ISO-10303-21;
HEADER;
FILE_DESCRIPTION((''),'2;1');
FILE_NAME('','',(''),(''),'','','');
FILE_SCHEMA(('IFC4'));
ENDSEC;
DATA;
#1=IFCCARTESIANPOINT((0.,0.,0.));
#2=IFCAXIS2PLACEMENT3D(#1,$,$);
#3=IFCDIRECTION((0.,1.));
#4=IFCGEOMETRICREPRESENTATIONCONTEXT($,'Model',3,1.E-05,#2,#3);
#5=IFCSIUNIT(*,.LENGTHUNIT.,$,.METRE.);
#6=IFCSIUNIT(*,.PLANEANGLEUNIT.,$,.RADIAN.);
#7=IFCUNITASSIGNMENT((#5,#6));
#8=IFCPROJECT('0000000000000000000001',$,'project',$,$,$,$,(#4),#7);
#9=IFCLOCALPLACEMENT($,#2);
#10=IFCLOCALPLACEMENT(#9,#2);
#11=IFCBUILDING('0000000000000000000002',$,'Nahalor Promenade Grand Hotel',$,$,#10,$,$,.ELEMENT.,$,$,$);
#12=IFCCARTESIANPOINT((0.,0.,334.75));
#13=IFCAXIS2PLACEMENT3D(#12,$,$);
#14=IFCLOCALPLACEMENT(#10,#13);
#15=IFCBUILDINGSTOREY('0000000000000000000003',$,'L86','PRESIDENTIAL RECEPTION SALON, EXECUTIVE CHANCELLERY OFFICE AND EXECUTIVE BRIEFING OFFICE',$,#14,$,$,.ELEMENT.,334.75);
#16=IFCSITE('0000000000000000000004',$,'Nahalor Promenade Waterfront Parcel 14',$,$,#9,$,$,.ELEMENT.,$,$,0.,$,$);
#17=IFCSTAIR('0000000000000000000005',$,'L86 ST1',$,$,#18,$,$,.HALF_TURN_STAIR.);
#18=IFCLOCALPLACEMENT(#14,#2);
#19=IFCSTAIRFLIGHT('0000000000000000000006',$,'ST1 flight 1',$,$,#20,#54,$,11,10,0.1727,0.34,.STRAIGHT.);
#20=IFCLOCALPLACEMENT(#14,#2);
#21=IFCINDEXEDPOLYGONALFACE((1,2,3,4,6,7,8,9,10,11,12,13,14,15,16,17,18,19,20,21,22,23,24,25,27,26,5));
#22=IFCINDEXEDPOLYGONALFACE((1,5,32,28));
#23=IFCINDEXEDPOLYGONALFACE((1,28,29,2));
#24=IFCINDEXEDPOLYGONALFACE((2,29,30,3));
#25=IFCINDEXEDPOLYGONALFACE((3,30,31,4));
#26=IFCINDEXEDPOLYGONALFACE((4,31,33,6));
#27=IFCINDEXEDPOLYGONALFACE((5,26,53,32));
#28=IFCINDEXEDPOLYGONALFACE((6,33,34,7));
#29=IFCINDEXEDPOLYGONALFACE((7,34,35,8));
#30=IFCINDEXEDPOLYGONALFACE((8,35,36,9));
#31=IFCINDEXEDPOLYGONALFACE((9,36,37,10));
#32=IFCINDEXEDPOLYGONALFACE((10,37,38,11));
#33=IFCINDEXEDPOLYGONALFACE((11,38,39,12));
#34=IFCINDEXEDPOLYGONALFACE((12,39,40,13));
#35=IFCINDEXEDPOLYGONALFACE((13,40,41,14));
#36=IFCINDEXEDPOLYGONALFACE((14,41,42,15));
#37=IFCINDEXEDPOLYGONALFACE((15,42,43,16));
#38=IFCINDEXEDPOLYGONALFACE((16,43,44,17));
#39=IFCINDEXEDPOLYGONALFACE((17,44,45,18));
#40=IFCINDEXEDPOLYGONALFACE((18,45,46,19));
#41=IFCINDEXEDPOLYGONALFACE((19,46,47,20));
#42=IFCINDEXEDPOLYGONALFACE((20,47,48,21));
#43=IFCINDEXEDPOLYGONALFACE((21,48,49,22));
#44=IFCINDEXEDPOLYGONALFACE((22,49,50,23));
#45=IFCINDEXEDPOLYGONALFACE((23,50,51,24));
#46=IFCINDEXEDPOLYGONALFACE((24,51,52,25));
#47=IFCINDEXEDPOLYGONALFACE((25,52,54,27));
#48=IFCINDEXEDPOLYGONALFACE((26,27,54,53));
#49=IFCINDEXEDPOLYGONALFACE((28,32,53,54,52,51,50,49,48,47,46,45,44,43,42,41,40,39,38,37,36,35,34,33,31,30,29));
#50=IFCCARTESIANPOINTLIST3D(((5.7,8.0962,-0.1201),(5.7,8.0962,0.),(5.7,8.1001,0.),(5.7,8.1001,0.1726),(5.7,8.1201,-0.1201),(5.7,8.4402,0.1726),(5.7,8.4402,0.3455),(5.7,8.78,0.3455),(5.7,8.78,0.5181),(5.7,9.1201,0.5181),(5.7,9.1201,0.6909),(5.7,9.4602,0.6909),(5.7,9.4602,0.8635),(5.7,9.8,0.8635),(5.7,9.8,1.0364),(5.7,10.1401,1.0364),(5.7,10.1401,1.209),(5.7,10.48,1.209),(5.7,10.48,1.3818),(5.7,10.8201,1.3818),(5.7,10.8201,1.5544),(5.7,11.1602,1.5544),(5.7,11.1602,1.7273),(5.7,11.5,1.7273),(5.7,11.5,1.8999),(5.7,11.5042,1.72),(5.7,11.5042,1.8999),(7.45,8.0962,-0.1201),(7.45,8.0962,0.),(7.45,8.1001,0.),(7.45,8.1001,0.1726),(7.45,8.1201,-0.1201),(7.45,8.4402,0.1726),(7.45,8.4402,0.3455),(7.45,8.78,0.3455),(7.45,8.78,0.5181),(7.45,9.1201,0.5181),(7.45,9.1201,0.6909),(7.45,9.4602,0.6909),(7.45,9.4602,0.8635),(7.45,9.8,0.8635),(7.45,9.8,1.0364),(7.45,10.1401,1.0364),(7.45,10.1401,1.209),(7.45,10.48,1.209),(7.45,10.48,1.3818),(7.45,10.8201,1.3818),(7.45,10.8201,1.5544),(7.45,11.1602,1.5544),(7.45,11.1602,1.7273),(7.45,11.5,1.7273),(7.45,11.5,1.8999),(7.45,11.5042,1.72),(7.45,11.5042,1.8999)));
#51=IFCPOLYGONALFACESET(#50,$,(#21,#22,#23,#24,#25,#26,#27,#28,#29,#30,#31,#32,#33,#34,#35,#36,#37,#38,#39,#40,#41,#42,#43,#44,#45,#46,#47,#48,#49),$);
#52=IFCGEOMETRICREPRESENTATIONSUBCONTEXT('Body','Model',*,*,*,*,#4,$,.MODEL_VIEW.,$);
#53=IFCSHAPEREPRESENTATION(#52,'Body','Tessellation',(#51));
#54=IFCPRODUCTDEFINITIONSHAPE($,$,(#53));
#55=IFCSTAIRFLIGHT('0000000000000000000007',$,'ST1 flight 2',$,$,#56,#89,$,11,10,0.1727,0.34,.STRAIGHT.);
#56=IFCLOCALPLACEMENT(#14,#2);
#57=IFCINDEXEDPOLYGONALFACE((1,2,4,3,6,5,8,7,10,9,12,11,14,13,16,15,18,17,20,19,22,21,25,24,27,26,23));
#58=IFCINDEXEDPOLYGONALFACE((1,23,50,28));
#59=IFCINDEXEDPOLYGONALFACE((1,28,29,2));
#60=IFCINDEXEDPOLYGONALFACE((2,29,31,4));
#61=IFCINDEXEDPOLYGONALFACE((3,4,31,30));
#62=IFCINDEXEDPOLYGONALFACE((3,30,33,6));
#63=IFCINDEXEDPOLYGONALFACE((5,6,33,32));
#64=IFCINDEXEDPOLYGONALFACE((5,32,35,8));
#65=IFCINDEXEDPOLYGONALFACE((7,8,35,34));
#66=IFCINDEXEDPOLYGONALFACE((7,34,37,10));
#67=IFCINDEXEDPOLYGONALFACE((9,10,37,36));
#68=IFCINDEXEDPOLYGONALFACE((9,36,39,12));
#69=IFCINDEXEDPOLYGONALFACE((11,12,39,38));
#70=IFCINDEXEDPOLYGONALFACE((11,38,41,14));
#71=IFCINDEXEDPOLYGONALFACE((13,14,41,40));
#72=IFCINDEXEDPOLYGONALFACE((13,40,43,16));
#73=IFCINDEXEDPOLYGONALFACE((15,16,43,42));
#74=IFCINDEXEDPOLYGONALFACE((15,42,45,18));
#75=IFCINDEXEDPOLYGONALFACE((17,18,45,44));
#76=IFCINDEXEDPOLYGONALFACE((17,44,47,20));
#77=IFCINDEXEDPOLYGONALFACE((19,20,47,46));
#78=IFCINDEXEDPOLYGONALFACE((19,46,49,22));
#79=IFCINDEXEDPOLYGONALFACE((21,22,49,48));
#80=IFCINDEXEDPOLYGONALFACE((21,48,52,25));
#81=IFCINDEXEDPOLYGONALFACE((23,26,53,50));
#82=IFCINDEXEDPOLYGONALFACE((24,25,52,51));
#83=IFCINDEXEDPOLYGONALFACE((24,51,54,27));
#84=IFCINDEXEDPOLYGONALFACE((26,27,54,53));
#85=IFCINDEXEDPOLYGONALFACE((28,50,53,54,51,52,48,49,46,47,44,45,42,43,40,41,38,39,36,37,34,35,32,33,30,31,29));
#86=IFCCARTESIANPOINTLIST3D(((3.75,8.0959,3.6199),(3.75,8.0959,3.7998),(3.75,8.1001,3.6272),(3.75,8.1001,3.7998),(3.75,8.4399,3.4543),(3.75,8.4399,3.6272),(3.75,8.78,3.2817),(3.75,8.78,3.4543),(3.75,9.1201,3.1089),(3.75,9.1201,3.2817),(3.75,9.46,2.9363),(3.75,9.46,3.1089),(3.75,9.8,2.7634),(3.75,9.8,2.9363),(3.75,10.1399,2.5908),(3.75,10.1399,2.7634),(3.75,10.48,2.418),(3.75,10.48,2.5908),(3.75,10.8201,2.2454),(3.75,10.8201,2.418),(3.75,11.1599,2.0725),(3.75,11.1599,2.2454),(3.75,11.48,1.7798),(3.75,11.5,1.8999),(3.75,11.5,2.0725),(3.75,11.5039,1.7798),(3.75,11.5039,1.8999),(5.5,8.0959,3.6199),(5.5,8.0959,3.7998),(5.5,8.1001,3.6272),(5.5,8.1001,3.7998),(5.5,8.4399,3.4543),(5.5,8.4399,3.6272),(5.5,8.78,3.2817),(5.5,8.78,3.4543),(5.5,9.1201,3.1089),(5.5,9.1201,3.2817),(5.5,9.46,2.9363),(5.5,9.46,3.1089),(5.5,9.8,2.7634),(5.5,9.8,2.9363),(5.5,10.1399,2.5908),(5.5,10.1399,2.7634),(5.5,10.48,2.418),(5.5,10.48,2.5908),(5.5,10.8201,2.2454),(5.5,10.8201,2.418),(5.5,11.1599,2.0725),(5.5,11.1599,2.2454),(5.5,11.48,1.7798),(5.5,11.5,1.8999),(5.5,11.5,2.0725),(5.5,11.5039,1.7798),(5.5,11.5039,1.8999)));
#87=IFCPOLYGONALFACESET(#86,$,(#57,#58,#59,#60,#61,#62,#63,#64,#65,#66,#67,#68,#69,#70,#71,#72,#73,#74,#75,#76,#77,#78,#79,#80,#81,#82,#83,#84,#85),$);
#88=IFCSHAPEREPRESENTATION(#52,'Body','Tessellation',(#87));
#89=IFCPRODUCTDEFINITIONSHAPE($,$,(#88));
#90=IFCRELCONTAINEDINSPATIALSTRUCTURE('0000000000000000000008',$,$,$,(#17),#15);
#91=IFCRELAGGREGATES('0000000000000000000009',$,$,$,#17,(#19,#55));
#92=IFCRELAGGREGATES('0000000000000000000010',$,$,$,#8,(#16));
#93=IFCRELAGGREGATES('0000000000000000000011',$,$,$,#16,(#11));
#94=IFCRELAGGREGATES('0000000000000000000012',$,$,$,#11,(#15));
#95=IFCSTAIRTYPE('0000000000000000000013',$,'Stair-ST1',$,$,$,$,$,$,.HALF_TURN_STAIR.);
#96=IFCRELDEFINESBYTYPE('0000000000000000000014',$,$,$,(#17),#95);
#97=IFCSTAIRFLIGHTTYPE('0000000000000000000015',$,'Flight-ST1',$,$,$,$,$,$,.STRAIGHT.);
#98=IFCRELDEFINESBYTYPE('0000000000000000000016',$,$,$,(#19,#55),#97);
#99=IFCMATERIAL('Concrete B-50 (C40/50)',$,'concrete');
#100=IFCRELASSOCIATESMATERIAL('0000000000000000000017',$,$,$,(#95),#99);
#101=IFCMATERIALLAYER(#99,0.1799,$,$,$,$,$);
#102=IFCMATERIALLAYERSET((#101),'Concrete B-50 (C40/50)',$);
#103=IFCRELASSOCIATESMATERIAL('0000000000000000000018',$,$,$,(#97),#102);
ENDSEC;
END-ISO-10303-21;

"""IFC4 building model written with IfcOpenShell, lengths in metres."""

from ifc_helpers import new_model, si_unit, direction, frame, origin, place, context, subcontext, project, spatial, polyline, outline, extrude, source, transform, mapped, material, layer, layer_set, type_object, element, aggregate, save


model = new_model("IFC4")

# Units and contexts
model_context = context("Model", 3, precision=1e-05, world=origin(), true_north=direction((0.0, 1.0)))
body_context = subcontext(model_context, "Body", "Model", "MODEL_VIEW")
ifc_project = project(units=[si_unit("LENGTHUNIT", "METRE"), si_unit("PLANEANGLEUNIT", "RADIAN")], contexts=[model_context])

# Site, building, storey
site_placement = place(None, origin())
site = spatial("IfcSite", under=ifc_project, at=site_placement, Name="Nahalor Promenade Waterfront Parcel 14", CompositionType="ELEMENT", RefElevation=0.0)
building_placement = place(site_placement, origin())
building = spatial("IfcBuilding", under=site, at=building_placement, Name="Nahalor Promenade Grand Hotel", CompositionType="ELEMENT")
storey_placement = place(building_placement, frame((0.0, 0.0, 334.75)))
storey = spatial("IfcBuildingStorey", under=building, at=storey_placement, Name="L86", Description="PRESIDENTIAL RECEPTION SALON, EXECUTIVE CHANCELLERY OFFICE AND EXECUTIVE BRIEFING OFFICE", CompositionType="ELEMENT", Elevation=334.75)

# Shared definitions
ifc_material_1 = material(Name="Concrete B-50 (C40/50)", Category="concrete")

# Stair, stair flights
stair_type = type_object("IfcStairType", Name="Stair-ST1", PredefinedType="HALF_TURN_STAIR", material=ifc_material_1)
stair_placement = place(storey_placement, origin())
stair = element("IfcStair", 1, at=stair_placement, inside=storey, type_object=stair_type, Name="L86 ST1", PredefinedType="HALF_TURN_STAIR")
ifc_layer_1 = layer(ifc_material_1, 0.1799)
ifc_layer_set_1 = layer_set([ifc_layer_1], Name="Concrete B-50 (C40/50)")
stair_flight_type = type_object("IfcStairFlightType", Name="Flight-ST1", PredefinedType="STRAIGHT", material=ifc_layer_set_1)
shared_shape_1 = source(origin(), body_context, "Body", "SweptSolid", [
    extrude(outline(polyline([(-0.0039, -0.1201), (-0.0039, 0.0), (0.0, 0.0), (0.0, 0.1726), (0.3401, 0.1726), (0.3401, 0.3455), (0.6799, 0.3455), (0.6799, 0.5181), (1.02, 0.5181), (1.02, 0.6909), (1.3601, 0.6909), (1.3601, 0.8635), (1.7, 0.8635), (1.7, 1.0364), (2.04, 1.0364), (2.04, 1.209), (2.3799, 1.209), (2.3799, 1.3818), (2.72, 1.3818), (2.72, 1.5544), (3.0601, 1.5544), (3.0601, 1.7273), (3.3999, 1.7273), (3.3999, 1.8999), (3.4041, 1.8999), (3.4041, 1.72), (0.02, -0.1201), (-0.0039, -0.1201)])), frame((0.0, 0.875, 0.0), z_axis=(0.0, -1.0, 0.0), x_axis=(1.0, 0.0, 0.0)), (0.0, 0.0, 1.0), 1.75),
])
stair_flight_1_placement = place(storey_placement, frame((6.575, 8.1001, 0.0), z_axis=(0.0, 0.0, 1.0), x_axis=(0.0, 1.0, 0.0)))
stair_flight_1 = element("IfcStairFlight", 2, at=stair_flight_1_placement, type_object=stair_flight_type, Name="ST1 flight 1", NumberOfRisers=11, NumberOfTreads=10, PredefinedType="STRAIGHT", RiserHeight=0.1727, TreadLength=0.34, context=body_context, shape_type="MappedRepresentation", body=[
    mapped(shared_shape_1, transform((0.0, 0.0, 0.0), scale=1.0)),
])
stair_flight_2_placement = place(storey_placement, frame((4.625, 11.5, 1.8999), z_axis=(0.0, 0.0, 1.0), x_axis=(0.0, -1.0, 0.0)))
stair_flight_2 = element("IfcStairFlight", 3, at=stair_flight_2_placement, type_object=stair_flight_type, Name="ST1 flight 2", NumberOfRisers=11, NumberOfTreads=10, PredefinedType="STRAIGHT", RiserHeight=0.1727, TreadLength=0.34, context=body_context, shape_type="MappedRepresentation", body=[
    mapped(shared_shape_1, transform((0.0, 0.0, 0.0), scale=1.0)),
])
aggregate(stair, [stair_flight_1, stair_flight_2])

save(model, "model.ifc")
